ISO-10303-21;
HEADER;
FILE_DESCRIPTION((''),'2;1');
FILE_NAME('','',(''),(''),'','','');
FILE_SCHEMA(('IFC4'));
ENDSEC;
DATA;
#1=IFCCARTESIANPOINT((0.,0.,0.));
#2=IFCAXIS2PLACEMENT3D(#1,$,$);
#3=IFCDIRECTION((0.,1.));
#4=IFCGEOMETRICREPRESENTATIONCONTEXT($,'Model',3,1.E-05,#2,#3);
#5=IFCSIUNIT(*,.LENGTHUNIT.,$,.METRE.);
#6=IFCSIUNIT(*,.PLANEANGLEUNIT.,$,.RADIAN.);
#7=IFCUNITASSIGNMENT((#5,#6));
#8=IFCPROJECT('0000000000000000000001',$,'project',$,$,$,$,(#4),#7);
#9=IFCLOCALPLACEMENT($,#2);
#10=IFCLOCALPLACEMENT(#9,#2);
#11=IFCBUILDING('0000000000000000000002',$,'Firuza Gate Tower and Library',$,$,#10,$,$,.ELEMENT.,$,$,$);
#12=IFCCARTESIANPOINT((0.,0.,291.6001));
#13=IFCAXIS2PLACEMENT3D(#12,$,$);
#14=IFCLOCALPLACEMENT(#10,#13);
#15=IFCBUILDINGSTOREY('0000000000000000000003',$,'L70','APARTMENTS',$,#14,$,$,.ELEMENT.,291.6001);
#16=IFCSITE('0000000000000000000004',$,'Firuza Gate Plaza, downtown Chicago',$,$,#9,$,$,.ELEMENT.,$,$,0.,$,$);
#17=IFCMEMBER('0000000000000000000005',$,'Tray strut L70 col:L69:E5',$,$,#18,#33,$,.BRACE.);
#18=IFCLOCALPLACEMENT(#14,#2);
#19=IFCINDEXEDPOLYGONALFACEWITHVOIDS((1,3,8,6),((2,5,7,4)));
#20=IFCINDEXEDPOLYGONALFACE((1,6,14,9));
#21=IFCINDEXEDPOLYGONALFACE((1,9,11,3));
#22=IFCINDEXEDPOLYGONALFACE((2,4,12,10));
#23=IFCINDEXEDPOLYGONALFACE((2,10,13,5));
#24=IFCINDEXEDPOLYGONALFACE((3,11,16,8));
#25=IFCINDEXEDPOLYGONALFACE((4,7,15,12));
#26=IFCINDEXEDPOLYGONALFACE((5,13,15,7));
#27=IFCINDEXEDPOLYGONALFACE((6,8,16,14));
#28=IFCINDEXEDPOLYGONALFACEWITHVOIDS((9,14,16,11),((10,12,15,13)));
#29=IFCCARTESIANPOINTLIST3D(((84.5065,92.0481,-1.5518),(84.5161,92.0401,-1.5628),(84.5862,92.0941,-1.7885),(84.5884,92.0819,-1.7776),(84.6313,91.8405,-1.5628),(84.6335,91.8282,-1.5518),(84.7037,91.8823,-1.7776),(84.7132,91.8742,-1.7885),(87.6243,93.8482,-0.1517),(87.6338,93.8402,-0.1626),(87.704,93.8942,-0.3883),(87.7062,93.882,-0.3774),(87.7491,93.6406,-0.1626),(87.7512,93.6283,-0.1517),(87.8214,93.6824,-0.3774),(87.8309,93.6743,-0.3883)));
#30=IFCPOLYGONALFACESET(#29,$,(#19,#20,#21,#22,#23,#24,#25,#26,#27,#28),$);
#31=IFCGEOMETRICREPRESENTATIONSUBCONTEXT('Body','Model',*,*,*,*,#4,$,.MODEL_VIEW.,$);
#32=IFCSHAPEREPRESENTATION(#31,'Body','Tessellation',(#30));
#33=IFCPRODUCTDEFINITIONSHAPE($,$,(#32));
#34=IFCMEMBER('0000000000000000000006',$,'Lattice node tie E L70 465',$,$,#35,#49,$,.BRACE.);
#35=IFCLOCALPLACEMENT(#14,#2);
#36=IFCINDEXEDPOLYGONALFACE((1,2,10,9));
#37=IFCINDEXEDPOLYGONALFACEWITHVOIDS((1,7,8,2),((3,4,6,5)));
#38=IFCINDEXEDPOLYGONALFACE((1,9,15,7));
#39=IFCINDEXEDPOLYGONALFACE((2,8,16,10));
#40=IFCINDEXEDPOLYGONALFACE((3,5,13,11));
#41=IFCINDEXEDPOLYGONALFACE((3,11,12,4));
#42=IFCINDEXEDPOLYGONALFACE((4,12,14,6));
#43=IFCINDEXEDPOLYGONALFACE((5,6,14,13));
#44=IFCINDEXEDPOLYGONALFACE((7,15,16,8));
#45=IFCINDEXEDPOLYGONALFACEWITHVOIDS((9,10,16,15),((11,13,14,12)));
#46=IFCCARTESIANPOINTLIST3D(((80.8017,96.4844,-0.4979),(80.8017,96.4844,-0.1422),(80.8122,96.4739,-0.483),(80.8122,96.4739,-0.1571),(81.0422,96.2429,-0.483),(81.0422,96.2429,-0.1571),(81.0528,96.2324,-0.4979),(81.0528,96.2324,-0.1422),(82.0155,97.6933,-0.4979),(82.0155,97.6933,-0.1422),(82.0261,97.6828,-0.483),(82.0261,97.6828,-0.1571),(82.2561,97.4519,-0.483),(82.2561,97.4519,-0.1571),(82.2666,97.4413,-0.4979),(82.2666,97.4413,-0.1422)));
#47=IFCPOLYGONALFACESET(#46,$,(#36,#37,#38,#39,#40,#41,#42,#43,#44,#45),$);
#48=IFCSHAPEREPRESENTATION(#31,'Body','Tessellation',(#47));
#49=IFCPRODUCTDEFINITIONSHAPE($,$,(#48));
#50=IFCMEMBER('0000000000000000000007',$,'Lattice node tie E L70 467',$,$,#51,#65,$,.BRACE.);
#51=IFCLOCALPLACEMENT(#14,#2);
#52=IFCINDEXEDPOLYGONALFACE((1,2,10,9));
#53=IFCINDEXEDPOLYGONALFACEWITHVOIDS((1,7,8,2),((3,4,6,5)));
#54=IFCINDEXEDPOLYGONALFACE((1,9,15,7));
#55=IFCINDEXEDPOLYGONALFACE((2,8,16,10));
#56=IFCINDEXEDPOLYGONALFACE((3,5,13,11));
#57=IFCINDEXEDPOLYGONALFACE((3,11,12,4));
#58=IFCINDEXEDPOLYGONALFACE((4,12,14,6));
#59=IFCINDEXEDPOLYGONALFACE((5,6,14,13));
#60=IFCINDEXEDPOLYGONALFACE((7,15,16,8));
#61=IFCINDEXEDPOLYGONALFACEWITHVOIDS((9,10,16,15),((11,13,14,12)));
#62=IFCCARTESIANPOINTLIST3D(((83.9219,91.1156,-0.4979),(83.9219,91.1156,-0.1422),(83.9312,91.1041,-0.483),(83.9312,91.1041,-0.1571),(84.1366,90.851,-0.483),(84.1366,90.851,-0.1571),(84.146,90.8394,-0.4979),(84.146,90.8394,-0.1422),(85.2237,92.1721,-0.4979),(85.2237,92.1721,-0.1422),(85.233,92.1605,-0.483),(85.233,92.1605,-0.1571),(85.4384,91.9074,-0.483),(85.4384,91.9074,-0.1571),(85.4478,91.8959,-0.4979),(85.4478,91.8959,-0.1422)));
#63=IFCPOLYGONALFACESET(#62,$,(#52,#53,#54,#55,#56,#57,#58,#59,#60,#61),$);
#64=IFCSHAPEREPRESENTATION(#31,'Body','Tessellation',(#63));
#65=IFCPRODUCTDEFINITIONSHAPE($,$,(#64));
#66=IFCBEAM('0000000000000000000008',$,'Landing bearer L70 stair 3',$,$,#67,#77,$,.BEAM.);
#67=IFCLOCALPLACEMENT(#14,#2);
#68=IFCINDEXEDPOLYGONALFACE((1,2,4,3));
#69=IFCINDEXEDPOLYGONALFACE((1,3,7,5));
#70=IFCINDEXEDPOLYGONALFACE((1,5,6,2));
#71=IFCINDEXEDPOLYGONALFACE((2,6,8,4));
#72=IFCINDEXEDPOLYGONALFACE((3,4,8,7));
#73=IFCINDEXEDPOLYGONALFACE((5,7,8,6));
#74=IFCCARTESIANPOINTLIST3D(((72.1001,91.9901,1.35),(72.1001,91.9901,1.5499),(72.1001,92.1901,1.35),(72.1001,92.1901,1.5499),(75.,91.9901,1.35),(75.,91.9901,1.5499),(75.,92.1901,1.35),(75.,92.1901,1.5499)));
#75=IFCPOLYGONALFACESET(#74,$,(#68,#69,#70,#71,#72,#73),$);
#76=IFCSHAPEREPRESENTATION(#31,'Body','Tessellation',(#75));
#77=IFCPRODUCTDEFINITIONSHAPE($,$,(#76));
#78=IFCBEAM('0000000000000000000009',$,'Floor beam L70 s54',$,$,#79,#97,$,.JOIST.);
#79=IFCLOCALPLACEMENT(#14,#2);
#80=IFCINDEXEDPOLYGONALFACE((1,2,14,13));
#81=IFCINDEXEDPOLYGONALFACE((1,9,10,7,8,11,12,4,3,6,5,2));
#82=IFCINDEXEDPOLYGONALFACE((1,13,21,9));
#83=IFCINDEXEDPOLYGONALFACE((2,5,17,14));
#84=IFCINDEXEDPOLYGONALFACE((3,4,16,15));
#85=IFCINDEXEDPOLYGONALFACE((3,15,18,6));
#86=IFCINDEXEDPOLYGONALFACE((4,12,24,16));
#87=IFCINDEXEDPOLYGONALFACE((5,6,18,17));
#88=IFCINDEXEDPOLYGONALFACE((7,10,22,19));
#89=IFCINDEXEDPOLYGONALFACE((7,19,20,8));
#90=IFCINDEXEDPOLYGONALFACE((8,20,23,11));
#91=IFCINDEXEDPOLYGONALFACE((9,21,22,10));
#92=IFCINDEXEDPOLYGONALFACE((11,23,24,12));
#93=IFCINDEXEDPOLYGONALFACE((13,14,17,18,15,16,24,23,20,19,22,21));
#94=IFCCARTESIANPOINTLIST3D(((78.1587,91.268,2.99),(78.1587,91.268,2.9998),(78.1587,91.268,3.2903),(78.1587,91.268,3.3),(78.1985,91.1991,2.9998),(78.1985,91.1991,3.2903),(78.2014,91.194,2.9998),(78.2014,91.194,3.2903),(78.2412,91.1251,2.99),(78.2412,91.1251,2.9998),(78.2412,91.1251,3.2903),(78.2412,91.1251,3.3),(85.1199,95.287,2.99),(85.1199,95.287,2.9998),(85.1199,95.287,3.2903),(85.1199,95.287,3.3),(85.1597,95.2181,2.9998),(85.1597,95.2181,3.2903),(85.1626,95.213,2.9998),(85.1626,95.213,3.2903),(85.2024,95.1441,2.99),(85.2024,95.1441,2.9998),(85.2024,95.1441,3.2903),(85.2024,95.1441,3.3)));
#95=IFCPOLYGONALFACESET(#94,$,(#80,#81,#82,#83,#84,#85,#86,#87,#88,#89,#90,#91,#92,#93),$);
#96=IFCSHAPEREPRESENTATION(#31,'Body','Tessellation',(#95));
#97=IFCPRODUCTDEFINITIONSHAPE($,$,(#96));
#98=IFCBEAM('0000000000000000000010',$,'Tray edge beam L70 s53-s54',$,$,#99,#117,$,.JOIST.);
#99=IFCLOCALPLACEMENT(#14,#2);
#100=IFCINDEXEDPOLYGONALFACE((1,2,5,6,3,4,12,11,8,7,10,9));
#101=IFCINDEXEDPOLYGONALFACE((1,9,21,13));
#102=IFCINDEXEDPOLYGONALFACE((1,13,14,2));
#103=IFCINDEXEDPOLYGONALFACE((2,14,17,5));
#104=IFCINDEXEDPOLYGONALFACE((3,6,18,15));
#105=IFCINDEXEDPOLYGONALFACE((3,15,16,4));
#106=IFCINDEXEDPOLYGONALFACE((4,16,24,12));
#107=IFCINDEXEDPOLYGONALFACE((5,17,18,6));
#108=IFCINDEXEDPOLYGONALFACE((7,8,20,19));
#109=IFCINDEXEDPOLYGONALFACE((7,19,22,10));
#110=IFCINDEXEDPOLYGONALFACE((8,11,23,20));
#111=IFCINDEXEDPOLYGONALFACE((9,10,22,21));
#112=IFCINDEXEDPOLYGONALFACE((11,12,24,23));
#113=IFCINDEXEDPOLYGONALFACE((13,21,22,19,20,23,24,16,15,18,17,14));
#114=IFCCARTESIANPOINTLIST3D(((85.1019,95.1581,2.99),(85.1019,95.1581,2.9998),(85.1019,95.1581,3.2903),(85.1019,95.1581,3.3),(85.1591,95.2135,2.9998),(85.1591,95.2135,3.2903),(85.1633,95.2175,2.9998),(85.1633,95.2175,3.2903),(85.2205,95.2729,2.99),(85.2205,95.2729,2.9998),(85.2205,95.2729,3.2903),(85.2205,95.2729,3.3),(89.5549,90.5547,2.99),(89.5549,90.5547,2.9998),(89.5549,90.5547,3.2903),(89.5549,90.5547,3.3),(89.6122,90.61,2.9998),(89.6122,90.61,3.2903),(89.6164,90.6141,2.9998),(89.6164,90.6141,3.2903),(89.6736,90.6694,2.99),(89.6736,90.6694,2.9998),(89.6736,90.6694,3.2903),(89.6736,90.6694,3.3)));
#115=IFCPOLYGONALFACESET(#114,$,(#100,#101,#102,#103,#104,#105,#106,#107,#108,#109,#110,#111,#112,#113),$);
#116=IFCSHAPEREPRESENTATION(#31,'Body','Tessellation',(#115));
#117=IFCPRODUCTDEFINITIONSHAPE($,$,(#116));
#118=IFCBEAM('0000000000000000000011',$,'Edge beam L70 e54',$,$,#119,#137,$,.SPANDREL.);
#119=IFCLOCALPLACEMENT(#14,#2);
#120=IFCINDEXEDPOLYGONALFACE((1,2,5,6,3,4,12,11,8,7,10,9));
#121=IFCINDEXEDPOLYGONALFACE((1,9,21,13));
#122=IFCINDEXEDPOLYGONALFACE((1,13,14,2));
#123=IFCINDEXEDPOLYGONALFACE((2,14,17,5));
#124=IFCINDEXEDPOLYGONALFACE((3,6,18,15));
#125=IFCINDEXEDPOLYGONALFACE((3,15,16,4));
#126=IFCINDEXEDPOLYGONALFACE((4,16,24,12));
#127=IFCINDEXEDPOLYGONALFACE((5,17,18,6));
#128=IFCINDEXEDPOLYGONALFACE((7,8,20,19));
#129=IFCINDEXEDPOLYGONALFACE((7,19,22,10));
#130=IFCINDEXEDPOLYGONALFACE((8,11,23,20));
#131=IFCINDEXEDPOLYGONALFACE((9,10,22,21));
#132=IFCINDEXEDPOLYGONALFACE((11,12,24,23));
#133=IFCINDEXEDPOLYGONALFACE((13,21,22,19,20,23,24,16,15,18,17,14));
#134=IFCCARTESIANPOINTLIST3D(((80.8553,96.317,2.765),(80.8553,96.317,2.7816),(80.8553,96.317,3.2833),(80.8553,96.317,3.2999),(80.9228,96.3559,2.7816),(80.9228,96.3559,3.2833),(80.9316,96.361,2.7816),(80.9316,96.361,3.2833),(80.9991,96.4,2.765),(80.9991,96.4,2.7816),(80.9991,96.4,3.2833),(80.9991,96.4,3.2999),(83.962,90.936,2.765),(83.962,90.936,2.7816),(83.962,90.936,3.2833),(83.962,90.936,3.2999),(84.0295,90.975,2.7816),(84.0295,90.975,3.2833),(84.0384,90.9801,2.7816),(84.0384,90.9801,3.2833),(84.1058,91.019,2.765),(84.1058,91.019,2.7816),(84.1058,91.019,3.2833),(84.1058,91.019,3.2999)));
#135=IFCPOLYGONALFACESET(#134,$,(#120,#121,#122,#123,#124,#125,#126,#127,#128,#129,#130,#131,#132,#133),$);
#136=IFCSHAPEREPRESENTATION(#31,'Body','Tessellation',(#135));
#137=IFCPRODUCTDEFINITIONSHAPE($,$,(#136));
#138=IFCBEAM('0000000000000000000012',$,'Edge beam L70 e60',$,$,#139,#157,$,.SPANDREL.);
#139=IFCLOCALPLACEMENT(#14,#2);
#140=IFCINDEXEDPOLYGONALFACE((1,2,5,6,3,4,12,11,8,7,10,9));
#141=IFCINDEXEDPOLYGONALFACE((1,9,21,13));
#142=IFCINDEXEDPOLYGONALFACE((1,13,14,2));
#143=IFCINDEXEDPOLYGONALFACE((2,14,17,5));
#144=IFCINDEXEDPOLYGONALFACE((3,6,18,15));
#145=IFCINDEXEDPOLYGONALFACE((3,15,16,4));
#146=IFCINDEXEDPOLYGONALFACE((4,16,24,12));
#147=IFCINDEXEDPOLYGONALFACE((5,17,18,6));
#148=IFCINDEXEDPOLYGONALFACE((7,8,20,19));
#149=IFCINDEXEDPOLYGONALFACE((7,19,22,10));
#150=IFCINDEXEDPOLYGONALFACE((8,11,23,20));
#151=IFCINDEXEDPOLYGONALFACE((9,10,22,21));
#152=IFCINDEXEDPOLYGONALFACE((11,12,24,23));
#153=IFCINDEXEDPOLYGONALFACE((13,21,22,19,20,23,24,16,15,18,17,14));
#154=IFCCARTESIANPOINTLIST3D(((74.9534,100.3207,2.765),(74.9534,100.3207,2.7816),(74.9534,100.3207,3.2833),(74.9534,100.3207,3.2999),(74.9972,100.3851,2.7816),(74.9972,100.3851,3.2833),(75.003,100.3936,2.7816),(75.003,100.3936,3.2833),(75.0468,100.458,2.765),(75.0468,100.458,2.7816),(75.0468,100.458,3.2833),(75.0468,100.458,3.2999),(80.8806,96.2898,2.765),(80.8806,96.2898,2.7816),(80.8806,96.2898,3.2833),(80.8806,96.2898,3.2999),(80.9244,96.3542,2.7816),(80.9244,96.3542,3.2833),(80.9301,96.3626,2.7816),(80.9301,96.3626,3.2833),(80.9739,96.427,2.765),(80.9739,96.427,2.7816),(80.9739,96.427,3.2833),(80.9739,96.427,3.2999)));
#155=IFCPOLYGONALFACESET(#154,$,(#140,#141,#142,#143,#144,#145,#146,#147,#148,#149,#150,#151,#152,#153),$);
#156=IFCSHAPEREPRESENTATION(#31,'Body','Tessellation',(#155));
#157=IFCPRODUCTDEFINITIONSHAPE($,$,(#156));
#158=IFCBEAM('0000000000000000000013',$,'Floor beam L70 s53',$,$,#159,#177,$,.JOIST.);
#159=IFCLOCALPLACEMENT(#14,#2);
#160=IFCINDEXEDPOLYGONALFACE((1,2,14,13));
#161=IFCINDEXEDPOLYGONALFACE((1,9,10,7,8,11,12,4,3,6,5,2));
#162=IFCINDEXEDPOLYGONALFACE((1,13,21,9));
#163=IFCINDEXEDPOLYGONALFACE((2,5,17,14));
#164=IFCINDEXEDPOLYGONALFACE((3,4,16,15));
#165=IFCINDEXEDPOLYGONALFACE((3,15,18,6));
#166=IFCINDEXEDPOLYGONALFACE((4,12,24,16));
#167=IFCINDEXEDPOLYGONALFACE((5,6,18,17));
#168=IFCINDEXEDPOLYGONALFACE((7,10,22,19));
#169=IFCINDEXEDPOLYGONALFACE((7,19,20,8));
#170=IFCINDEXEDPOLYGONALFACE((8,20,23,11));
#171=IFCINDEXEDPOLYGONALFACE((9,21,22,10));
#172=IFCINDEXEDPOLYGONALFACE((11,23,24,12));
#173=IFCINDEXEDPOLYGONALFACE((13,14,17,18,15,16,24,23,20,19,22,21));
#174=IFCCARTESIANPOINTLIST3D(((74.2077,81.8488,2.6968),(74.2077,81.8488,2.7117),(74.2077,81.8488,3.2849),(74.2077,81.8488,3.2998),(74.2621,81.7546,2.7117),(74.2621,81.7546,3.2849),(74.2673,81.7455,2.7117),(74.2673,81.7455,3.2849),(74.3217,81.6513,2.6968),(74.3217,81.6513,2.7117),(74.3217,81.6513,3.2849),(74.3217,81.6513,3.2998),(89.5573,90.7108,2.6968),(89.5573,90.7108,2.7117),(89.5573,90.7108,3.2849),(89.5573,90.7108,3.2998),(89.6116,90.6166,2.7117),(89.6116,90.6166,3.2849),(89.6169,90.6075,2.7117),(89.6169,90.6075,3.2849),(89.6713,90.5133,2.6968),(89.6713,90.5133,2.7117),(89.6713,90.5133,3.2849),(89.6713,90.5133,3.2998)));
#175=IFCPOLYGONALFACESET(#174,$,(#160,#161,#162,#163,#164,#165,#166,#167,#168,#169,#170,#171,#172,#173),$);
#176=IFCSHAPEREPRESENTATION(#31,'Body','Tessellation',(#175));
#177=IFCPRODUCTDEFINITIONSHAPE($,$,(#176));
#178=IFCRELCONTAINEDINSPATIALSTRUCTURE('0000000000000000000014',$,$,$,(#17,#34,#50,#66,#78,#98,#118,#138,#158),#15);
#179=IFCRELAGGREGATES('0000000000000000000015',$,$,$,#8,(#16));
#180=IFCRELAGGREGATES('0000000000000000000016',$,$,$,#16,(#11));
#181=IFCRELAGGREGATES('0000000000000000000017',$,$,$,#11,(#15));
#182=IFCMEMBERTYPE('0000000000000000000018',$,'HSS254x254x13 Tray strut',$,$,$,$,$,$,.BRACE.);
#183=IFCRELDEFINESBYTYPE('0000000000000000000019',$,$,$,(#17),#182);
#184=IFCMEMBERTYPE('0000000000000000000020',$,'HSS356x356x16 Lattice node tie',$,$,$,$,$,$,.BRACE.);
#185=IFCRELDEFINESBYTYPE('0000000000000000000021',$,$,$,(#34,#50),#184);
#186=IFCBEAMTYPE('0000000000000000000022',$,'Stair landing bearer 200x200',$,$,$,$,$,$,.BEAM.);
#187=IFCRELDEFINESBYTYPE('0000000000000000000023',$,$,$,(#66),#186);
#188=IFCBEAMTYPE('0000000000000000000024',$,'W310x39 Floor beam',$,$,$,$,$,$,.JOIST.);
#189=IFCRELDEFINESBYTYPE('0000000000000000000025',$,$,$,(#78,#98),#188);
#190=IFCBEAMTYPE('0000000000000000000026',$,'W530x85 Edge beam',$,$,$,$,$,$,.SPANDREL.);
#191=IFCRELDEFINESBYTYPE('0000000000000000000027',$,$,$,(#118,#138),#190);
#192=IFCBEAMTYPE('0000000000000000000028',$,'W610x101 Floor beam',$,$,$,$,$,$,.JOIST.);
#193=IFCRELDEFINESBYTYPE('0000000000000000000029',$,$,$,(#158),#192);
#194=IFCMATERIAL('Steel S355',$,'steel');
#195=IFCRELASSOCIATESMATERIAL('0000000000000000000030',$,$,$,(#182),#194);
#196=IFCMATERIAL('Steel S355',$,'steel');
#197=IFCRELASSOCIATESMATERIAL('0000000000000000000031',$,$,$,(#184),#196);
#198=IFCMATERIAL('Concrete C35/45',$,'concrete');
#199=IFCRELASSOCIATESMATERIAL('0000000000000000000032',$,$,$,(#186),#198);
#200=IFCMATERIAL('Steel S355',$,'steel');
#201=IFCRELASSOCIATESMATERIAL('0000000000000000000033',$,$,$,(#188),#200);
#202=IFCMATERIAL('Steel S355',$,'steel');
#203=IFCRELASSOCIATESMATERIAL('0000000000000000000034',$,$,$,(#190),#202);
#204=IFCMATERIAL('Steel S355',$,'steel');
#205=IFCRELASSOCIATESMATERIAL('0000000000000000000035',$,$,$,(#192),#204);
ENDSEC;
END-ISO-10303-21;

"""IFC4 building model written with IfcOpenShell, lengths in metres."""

from ifc_helpers import new_model, si_unit, direction, frame, origin, origin_2d, place, context, subcontext, project, spatial, rectangle, hollow_rectangle, i_section, extrude, material, material_profile, profile_set, type_object, element, save


model = new_model("IFC4")

# Units and contexts
model_context = context("Model", 3, precision=1e-05, world=origin(), true_north=direction((0.0, 1.0)))
body_context = subcontext(model_context, "Body", "Model", "MODEL_VIEW")
ifc_project = project(units=[si_unit("LENGTHUNIT", "METRE"), si_unit("PLANEANGLEUNIT", "RADIAN")], contexts=[model_context])

# Site, building, storey
site_placement = place(None, origin())
site = spatial("IfcSite", under=ifc_project, at=site_placement, Name="Firuza Gate Plaza, downtown Chicago", CompositionType="ELEMENT", RefElevation=0.0)
building_placement = place(site_placement, origin())
building = spatial("IfcBuilding", under=site, at=building_placement, Name="Firuza Gate Tower and Library", CompositionType="ELEMENT")
storey_placement = place(building_placement, frame((0.0, 0.0, 291.6001)))
storey = spatial("IfcBuildingStorey", under=building, at=storey_placement, Name="L70", Description="APARTMENTS", CompositionType="ELEMENT", Elevation=291.6001)

# Members
ifc_material_1 = material(Name="Steel S355", Category="steel")
ifc_material_profile_1 = material_profile(ifc_material_1, hollow_rectangle(XDim=0.2539, YDim=0.2539, WallThickness=0.0117, at=origin_2d()))
ifc_profile_set_1 = profile_set([ifc_material_profile_1], Name="Steel S355")
member_type_1 = type_object("IfcMemberType", Name="HSS254x254x13 Tray strut", PredefinedType="BRACE", material=ifc_profile_set_1)
member_1_placement = place(storey_placement, frame((84.6099, 91.9612, -1.6702), z_axis=(0.807122, 0.466007, 0.362478), x_axis=(-0.500012, 0.866018, 0.0)))
element("IfcMember", 1, at=member_1_placement, inside=storey, type_object=member_type_1, Name="Tray strut L70 col:L69:E5", PredefinedType="BRACE", context=body_context, shape_type="SweptSolid", body=[
    extrude(hollow_rectangle(XDim=0.2539, YDim=0.2539, WallThickness=0.0117, at=origin_2d()), origin(), (0.0, 0.0, 1.0), 3.8628),
])
ifc_material_2 = material(Name="Steel S355", Category="steel")
ifc_material_profile_2 = material_profile(ifc_material_2, hollow_rectangle(XDim=0.3557, YDim=0.3557, WallThickness=0.0149, at=origin_2d()))
ifc_profile_set_2 = profile_set([ifc_material_profile_2], Name="Steel S355")
member_type_2 = type_object("IfcMemberType", Name="HSS356x356x16 Lattice node tie", PredefinedType="BRACE", material=ifc_profile_set_2)
member_2_placement = place(storey_placement, frame((80.9272, 96.3584, -0.3201), z_axis=(0.70853, 0.70568, 0.0), x_axis=(-0.70568, 0.70853, 0.0)))
element("IfcMember", 2, at=member_2_placement, inside=storey, type_object=member_type_2, Name="Lattice node tie E L70 465", PredefinedType="BRACE", context=body_context, shape_type="SweptSolid", body=[
    extrude(hollow_rectangle(XDim=0.3557, YDim=0.3557, WallThickness=0.0149, at=origin_2d()), origin(), (0.0, 0.0, 1.0), 1.7131),
])
member_3_placement = place(storey_placement, frame((84.0339, 90.9775, -0.3201), z_axis=(0.776488, 0.630132, 0.0), x_axis=(-0.630132, 0.776488, 0.0)))
element("IfcMember", 3, at=member_3_placement, inside=storey, type_object=member_type_2, Name="Lattice node tie E L70 467", PredefinedType="BRACE", context=body_context, shape_type="SweptSolid", body=[
    extrude(hollow_rectangle(XDim=0.3557, YDim=0.3557, WallThickness=0.0149, at=origin_2d()), origin(), (0.0, 0.0, 1.0), 1.6765),
])

# Beams
ifc_material_3 = material(Name="Concrete C35/45", Category="concrete")
ifc_material_profile_3 = material_profile(ifc_material_3, rectangle(XDim=0.2, YDim=0.2, at=origin_2d()))
ifc_profile_set_3 = profile_set([ifc_material_profile_3], Name="Concrete C35/45")
beam_type_1 = type_object("IfcBeamType", Name="Stair landing bearer 200x200", PredefinedType="BEAM", material=ifc_profile_set_3)
beam_1_placement = place(storey_placement, frame((75.0, 92.0901, 1.45), z_axis=(-1.0, 0.0, 0.0), x_axis=(0.0, -1.0, 0.0)))
element("IfcBeam", 4, at=beam_1_placement, inside=storey, type_object=beam_type_1, Name="Landing bearer L70 stair 3", PredefinedType="BEAM", context=body_context, shape_type="SweptSolid", body=[
    extrude(rectangle(XDim=0.2, YDim=0.2, at=origin_2d()), origin(), (0.0, 0.0, 1.0), 2.8999),
])
ifc_material_4 = material(Name="Steel S355", Category="steel")
ifc_material_profile_4 = material_profile(ifc_material_4, i_section(OverallWidth=0.165, OverallDepth=0.3101, WebThickness=0.0059, FlangeThickness=0.0098, at=origin_2d()))
ifc_profile_set_4 = profile_set([ifc_material_profile_4], Name="Steel S355")
beam_type_2 = type_object("IfcBeamType", Name="W310x39 Floor beam", PredefinedType="JOIST", material=ifc_profile_set_4)
beam_2_placement = place(storey_placement, frame((85.1611, 95.2156, 3.145), z_axis=(-0.866025, -0.5, 0.0), x_axis=(0.5, -0.866025, 0.0)))
element("IfcBeam", 5, at=beam_2_placement, inside=storey, type_object=beam_type_2, Name="Floor beam L70 s54", PredefinedType="JOIST", context=body_context, shape_type="SweptSolid", body=[
    extrude(i_section(OverallWidth=0.165, OverallDepth=0.3101, WebThickness=0.0059, FlangeThickness=0.0098, at=origin_2d()), origin(), (0.0, 0.0, 1.0), 8.0381),
])
beam_3_placement = place(storey_placement, frame((89.6143, 90.6121, 3.145), z_axis=(-0.695269, 0.71875, 0.0), x_axis=(-0.71875, -0.695269, 0.0)))
element("IfcBeam", 6, at=beam_3_placement, inside=storey, type_object=beam_type_2, Name="Tray edge beam L70 s53-s54", PredefinedType="JOIST", context=body_context, shape_type="SweptSolid", body=[
    extrude(i_section(OverallWidth=0.165, OverallDepth=0.3101, WebThickness=0.0059, FlangeThickness=0.0098, at=origin_2d()), origin(), (0.0, 0.0, 1.0), 6.4048),
])
ifc_material_5 = material(Name="Steel S355", Category="steel")
ifc_material_profile_5 = material_profile(ifc_material_5, i_section(OverallWidth=0.166, OverallDepth=0.5349, WebThickness=0.0103, FlangeThickness=0.0166, at=origin_2d()))
ifc_profile_set_5 = profile_set([ifc_material_profile_5], Name="Steel S355")
beam_type_3 = type_object("IfcBeamType", Name="W530x85 Edge beam", PredefinedType="SPANDREL", material=ifc_profile_set_5)
beam_4_placement = place(storey_placement, frame((84.0339, 90.9775, 3.0325), z_axis=(-0.500006, 0.866022, 0.0), x_axis=(-0.866022, -0.500006, 0.0)))
element("IfcBeam", 7, at=beam_4_placement, inside=storey, type_object=beam_type_3, Name="Edge beam L70 e54", PredefinedType="SPANDREL", context=body_context, shape_type="SweptSolid", body=[
    extrude(i_section(OverallWidth=0.166, OverallDepth=0.5349, WebThickness=0.0103, FlangeThickness=0.0166, at=origin_2d()), origin(), (0.0, 0.0, 1.0), 6.2134),
])
beam_5_placement = place(storey_placement, frame((80.9272, 96.3584, 3.0325), z_axis=(-0.826895, 0.562356, 0.0), x_axis=(-0.562356, -0.826895, 0.0)))
element("IfcBeam", 8, at=beam_5_placement, inside=storey, type_object=beam_type_3, Name="Edge beam L70 e60", PredefinedType="SPANDREL", context=body_context, shape_type="SweptSolid", body=[
    extrude(i_section(OverallWidth=0.166, OverallDepth=0.5349, WebThickness=0.0103, FlangeThickness=0.0166, at=origin_2d()), origin(), (0.0, 0.0, 1.0), 7.168),
])
ifc_material_6 = material(Name="Steel S355", Category="steel")
ifc_material_profile_6 = material_profile(ifc_material_6, i_section(OverallWidth=0.228, OverallDepth=0.603, WebThickness=0.0105, FlangeThickness=0.0149, at=origin_2d()))
ifc_profile_set_6 = profile_set([ifc_material_profile_6], Name="Steel S355")
beam_type_4 = type_object("IfcBeamType", Name="W610x101 Floor beam", PredefinedType="JOIST", material=ifc_profile_set_6)
beam_6_placement = place(storey_placement, frame((89.6143, 90.6121, 2.9983), z_axis=(-0.866026, -0.499998, 0.0), x_axis=(0.499998, -0.866026, 0.0)))
element("IfcBeam", 9, at=beam_6_placement, inside=storey, type_object=beam_type_4, Name="Floor beam L70 s53", PredefinedType="JOIST", context=body_context, shape_type="SweptSolid", body=[
    extrude(i_section(OverallWidth=0.228, OverallDepth=0.603, WebThickness=0.0105, FlangeThickness=0.0149, at=origin_2d()), origin(), (0.0, 0.0, 1.0), 17.7241),
])

save(model, "model.ifc")
